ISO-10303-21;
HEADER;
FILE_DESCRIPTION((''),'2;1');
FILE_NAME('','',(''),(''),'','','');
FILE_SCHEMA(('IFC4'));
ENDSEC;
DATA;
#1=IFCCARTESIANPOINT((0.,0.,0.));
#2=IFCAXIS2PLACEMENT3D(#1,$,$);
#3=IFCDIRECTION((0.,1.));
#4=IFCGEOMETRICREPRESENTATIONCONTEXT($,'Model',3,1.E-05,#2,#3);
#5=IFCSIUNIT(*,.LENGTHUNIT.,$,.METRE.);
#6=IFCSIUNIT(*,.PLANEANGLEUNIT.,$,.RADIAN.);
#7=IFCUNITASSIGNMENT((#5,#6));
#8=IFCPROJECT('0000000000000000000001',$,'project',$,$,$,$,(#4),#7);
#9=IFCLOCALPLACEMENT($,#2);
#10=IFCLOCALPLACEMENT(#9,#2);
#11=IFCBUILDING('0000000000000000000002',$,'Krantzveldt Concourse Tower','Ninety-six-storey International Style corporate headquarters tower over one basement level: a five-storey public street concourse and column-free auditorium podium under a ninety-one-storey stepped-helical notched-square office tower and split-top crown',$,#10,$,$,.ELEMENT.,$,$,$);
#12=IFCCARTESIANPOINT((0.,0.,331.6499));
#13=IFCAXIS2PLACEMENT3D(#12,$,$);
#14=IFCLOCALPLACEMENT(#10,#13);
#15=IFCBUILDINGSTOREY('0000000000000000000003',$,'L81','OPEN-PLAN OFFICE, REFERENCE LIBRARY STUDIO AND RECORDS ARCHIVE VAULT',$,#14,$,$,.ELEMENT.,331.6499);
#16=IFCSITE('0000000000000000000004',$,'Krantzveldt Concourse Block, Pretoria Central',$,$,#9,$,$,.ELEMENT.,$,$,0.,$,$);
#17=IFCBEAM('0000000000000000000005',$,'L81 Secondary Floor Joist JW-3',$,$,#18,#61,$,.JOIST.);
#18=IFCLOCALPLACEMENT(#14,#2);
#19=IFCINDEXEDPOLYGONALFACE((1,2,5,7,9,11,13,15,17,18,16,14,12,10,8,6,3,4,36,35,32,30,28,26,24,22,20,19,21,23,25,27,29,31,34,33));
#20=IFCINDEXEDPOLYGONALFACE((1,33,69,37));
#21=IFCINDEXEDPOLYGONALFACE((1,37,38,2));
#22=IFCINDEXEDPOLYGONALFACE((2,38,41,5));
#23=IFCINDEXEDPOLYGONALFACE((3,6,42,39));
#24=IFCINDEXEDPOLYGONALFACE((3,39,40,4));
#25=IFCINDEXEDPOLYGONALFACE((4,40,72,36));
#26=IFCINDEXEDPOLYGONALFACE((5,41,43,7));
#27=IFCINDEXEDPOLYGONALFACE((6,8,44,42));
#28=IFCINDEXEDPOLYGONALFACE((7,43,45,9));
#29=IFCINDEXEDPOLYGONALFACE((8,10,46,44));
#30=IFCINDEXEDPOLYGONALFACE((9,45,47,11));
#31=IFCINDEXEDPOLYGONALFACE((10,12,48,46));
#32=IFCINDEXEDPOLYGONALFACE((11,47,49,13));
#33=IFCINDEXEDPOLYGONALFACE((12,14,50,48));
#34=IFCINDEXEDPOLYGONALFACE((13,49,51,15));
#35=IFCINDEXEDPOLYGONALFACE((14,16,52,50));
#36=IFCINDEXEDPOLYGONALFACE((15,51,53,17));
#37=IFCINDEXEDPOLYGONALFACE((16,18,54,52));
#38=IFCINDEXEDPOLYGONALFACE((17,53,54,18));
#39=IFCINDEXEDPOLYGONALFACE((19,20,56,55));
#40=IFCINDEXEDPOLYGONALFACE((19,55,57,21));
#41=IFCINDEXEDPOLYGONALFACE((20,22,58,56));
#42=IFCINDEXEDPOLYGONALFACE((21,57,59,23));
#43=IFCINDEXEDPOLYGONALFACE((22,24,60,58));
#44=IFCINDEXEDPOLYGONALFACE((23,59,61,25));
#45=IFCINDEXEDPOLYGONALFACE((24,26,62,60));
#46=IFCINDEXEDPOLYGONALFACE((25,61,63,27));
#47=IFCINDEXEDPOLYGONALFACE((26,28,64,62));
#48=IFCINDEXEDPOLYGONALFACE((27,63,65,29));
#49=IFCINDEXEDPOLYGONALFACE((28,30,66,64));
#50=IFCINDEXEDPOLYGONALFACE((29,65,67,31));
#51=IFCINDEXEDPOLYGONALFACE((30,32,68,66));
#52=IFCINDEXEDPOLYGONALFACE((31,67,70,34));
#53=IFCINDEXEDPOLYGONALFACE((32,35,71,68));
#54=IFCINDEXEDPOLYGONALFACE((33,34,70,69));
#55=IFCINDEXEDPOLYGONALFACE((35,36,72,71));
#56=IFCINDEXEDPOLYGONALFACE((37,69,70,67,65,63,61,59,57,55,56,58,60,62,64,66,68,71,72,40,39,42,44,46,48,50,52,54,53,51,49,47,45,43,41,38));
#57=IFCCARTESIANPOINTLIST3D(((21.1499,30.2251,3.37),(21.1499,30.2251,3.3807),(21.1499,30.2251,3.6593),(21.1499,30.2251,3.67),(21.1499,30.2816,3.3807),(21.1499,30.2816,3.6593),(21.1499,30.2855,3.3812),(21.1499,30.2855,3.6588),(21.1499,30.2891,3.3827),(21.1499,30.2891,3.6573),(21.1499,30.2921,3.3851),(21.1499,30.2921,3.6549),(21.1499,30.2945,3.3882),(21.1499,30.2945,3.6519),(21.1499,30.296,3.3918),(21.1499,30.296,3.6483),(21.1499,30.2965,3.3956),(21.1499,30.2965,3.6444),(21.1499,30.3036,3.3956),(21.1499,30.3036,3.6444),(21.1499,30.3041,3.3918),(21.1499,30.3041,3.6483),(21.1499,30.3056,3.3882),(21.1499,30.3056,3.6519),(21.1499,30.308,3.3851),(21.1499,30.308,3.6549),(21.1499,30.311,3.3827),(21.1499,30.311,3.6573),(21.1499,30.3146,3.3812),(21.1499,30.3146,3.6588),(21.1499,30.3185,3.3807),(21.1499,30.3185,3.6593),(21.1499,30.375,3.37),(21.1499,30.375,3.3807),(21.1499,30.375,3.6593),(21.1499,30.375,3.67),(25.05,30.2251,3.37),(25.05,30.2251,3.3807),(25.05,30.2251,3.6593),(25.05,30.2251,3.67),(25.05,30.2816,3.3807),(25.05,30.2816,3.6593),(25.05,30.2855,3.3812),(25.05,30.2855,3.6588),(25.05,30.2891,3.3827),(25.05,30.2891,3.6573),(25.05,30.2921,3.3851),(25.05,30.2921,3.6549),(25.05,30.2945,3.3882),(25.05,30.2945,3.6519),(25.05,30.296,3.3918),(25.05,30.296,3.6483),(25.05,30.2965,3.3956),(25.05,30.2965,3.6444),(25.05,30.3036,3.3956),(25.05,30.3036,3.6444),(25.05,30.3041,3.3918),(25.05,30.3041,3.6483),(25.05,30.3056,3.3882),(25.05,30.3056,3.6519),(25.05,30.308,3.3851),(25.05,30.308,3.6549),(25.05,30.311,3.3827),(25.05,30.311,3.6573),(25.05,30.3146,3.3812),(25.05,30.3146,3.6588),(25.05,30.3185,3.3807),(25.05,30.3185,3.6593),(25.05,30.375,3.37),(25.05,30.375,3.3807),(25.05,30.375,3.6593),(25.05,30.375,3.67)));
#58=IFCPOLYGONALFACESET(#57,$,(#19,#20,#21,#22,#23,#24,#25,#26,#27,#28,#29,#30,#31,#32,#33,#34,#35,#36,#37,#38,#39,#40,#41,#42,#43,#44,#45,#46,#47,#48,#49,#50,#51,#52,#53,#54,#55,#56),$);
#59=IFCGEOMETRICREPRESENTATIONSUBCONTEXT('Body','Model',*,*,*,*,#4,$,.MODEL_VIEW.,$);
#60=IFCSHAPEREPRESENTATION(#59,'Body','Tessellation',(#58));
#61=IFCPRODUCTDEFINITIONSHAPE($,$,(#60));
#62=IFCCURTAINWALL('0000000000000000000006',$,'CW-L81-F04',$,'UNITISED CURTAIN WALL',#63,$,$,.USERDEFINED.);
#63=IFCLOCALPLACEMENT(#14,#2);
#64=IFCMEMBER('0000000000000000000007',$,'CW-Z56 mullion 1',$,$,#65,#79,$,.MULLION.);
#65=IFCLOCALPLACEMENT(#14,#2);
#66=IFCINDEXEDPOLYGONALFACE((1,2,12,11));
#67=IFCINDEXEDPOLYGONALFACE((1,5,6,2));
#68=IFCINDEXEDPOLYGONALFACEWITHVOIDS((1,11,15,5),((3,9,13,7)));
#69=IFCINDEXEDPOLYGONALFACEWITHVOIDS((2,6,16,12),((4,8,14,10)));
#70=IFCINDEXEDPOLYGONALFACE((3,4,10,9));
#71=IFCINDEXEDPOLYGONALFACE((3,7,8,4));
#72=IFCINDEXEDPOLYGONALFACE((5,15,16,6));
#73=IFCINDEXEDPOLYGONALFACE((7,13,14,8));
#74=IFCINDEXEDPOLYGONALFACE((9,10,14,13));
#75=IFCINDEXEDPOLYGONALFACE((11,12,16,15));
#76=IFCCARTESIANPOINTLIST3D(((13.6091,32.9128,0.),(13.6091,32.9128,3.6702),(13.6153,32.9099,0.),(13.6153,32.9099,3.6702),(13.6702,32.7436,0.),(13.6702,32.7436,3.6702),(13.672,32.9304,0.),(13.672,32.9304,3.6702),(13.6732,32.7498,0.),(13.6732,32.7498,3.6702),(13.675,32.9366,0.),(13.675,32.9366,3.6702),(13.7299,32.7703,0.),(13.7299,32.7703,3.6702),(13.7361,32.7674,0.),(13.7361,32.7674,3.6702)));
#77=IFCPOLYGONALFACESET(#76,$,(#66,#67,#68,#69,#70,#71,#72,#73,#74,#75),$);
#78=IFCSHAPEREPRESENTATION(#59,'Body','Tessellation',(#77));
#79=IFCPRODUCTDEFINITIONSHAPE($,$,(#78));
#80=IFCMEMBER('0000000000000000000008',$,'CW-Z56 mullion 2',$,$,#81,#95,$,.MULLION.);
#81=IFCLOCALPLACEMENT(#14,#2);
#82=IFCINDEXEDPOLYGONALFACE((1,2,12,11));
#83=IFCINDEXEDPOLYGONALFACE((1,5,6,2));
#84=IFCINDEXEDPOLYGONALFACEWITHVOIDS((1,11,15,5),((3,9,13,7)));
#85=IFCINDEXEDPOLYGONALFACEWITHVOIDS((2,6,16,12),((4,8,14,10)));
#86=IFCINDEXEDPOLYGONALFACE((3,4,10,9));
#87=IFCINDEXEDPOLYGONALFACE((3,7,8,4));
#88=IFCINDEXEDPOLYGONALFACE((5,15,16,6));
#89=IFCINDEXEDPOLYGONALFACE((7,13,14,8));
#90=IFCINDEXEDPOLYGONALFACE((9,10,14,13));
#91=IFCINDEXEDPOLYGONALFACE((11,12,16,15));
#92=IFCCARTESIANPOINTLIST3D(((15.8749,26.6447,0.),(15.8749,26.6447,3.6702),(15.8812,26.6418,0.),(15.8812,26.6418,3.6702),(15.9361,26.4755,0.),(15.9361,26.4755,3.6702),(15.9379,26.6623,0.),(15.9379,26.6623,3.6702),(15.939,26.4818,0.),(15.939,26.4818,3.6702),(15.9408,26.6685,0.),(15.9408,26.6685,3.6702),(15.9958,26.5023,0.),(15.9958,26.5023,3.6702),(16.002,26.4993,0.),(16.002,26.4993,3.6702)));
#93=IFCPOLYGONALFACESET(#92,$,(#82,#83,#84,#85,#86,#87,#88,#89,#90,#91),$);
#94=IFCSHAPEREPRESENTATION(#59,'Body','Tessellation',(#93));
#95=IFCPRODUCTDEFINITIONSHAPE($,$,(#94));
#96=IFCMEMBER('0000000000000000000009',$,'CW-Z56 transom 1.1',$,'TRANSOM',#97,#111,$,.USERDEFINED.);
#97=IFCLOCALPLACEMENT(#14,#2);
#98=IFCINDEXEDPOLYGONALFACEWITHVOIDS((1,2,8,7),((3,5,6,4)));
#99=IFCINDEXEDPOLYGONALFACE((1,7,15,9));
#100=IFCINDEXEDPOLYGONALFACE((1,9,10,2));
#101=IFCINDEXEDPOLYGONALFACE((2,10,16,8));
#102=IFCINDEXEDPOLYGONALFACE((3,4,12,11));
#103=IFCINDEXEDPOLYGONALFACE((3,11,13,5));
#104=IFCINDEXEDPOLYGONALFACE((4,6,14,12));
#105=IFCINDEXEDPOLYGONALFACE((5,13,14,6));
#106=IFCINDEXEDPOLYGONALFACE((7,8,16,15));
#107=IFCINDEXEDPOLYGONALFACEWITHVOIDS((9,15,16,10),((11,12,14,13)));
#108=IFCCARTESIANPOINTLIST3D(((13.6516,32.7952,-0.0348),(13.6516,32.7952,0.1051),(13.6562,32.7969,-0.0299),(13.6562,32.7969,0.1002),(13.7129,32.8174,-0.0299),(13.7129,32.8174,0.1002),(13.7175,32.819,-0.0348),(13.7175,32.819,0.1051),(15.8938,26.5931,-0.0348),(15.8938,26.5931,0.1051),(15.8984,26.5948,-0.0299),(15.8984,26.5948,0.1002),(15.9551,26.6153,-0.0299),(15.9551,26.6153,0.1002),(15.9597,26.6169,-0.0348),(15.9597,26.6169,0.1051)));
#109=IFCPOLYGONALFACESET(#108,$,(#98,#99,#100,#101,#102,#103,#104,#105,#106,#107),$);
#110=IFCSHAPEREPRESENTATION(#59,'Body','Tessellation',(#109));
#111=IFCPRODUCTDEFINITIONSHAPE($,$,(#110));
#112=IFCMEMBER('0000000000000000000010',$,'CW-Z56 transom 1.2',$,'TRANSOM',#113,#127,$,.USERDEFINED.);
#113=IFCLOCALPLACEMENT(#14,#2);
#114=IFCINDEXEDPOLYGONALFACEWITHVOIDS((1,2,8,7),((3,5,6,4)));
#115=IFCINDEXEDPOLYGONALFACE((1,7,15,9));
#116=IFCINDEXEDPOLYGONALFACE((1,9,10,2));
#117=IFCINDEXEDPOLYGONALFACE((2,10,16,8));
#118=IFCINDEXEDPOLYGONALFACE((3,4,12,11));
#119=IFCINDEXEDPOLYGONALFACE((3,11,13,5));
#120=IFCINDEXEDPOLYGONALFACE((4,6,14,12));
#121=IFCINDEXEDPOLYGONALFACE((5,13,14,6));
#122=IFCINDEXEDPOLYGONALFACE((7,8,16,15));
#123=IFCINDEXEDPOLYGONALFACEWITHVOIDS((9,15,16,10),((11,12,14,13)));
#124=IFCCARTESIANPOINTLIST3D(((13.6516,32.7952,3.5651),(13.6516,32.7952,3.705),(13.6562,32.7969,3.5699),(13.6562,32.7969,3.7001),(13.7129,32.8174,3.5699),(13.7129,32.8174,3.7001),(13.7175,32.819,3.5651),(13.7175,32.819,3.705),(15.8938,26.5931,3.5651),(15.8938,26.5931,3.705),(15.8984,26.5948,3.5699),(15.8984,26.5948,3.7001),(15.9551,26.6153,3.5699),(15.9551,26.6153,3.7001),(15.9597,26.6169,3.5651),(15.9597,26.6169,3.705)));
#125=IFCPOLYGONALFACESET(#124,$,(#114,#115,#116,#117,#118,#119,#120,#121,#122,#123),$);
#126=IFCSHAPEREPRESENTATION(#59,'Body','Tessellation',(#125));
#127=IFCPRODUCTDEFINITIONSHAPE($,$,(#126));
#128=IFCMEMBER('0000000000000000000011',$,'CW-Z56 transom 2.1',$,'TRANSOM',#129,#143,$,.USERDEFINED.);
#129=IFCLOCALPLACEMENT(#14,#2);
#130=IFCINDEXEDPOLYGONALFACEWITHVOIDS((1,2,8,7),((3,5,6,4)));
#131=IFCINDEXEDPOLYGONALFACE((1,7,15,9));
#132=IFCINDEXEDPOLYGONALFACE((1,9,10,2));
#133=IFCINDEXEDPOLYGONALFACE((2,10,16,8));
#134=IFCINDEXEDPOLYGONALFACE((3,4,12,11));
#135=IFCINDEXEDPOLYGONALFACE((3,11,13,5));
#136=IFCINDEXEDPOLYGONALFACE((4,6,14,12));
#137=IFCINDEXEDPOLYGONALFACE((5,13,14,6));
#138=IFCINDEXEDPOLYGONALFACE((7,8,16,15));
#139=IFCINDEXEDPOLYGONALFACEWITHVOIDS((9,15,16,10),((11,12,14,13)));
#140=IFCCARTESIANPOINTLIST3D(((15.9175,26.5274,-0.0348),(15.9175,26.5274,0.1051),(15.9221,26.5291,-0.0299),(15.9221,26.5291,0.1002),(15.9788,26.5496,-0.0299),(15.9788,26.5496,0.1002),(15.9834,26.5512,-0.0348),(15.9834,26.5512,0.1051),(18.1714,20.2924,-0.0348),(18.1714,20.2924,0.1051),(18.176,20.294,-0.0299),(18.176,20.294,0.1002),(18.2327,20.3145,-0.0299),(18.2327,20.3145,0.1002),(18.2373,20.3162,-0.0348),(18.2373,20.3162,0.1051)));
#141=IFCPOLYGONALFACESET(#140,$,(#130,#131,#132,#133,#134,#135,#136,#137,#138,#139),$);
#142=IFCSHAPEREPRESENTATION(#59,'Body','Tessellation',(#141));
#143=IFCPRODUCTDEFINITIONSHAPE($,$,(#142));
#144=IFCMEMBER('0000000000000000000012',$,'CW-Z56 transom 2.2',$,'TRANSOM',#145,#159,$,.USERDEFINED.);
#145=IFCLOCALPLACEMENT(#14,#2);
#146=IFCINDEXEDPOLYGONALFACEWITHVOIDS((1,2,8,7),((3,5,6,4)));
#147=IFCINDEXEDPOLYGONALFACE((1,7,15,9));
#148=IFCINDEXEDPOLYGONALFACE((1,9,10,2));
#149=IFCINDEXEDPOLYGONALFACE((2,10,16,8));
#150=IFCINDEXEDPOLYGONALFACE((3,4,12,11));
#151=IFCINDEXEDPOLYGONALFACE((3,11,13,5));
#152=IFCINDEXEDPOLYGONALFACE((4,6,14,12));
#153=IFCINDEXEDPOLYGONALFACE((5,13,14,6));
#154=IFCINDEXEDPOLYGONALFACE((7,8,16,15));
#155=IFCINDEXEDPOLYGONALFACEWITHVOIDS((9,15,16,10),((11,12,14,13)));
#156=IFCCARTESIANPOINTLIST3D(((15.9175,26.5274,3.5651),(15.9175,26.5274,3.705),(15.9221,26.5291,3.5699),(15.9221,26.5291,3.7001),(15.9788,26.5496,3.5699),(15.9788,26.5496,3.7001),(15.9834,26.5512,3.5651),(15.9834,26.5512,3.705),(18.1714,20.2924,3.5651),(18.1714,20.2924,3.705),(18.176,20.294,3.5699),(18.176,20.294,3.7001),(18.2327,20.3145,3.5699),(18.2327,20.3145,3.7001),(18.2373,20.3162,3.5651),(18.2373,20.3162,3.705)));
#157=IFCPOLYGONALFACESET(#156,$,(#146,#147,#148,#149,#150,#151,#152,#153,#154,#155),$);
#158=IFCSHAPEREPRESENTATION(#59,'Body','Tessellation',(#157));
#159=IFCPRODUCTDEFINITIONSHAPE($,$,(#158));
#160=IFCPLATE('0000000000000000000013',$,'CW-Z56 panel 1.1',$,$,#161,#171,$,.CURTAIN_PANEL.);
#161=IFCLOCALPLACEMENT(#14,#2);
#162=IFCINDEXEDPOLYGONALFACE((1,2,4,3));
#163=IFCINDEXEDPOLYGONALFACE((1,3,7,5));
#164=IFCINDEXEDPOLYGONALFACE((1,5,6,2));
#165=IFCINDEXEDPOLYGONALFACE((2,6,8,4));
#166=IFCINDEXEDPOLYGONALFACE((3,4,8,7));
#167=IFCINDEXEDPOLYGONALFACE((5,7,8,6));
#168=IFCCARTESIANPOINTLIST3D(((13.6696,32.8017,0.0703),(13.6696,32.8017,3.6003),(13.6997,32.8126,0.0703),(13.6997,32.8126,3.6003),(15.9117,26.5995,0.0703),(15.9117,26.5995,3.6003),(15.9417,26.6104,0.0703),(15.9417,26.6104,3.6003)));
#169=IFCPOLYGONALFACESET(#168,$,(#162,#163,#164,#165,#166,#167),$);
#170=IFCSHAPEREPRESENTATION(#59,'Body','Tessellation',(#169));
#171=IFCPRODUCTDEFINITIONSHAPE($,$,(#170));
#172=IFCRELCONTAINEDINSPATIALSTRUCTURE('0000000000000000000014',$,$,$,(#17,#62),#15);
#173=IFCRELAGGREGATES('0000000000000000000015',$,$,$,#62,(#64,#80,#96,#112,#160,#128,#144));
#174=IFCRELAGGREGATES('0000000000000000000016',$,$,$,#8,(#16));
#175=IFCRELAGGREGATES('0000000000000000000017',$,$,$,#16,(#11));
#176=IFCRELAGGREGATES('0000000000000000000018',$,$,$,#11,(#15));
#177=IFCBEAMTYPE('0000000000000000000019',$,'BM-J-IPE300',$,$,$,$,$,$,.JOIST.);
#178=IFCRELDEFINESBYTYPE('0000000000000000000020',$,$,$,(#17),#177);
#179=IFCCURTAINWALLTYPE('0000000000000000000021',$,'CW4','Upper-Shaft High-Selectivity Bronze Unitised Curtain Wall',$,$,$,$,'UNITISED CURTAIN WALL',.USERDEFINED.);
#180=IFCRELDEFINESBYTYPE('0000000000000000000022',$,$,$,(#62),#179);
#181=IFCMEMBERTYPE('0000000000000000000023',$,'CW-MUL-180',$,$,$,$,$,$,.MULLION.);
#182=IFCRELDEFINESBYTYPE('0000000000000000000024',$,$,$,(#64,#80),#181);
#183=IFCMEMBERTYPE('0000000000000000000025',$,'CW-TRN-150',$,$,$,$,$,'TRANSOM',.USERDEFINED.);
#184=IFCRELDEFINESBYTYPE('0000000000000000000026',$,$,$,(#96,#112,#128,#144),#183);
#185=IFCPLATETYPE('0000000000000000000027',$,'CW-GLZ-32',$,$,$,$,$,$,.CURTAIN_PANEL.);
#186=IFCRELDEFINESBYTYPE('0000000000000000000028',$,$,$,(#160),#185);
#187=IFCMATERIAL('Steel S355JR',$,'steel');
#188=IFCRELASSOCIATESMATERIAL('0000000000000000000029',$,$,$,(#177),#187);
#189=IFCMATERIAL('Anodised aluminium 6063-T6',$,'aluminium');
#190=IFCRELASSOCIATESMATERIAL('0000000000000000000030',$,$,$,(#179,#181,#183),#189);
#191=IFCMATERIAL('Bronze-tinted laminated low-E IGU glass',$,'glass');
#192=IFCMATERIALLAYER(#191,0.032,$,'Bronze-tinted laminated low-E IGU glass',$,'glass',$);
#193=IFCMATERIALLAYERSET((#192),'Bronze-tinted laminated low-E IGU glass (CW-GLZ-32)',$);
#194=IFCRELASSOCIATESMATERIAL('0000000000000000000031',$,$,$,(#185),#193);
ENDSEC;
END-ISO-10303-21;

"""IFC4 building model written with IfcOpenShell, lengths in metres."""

from ifc_helpers import new_model, si_unit, direction, frame, origin, origin_2d, place, context, subcontext, project, spatial, rectangle, hollow_rectangle, i_section, extrude, source, transform, mapped, material, layer, layer_set, material_profile, profile_set, type_object, type_shapes, element, aggregate, save


model = new_model("IFC4")

# Units and contexts
model_context = context("Model", 3, precision=1e-05, world=origin(), true_north=direction((0.0, 1.0)))
body_context = subcontext(model_context, "Body", "Model", "MODEL_VIEW")
ifc_project = project(units=[si_unit("LENGTHUNIT", "METRE"), si_unit("PLANEANGLEUNIT", "RADIAN")], contexts=[model_context])

# Site, building, storey
site_placement = place(None, origin())
site = spatial("IfcSite", under=ifc_project, at=site_placement, Name="Krantzveldt Concourse Block, Pretoria Central", CompositionType="ELEMENT", RefElevation=0.0)
building_placement = place(site_placement, origin())
building = spatial("IfcBuilding", under=site, at=building_placement, Name="Krantzveldt Concourse Tower", Description="Ninety-six-storey International Style corporate headquarters tower over one basement level: a five-storey public street concourse and column-free auditorium podium under a ninety-one-storey stepped-helical notched-square office tower and split-top crown", CompositionType="ELEMENT")
storey_placement = place(building_placement, frame((0.0, 0.0, 331.6499)))
storey = spatial("IfcBuildingStorey", under=building, at=storey_placement, Name="L81", Description="OPEN-PLAN OFFICE, REFERENCE LIBRARY STUDIO AND RECORDS ARCHIVE VAULT", CompositionType="ELEMENT", Elevation=331.6499)

# Beam
ifc_material_1 = material(Name="Steel S355JR", Category="steel")
ifc_material_profile_1 = material_profile(ifc_material_1, i_section(OverallWidth=0.1499, OverallDepth=0.3, WebThickness=0.0071, FlangeThickness=0.0107, FilletRadius=0.0149, at=origin_2d()), Name="Steel S355JR", Category="steel")
ifc_profile_set_1 = profile_set([ifc_material_profile_1], Name="Steel S355JR - IPE 300")
beam_type_1 = type_object("IfcBeamType", Name="BM-J-IPE300", PredefinedType="JOIST", material=ifc_profile_set_1)
shared_shape_1 = source(origin(), body_context, "Body", "SweptSolid", [
    extrude(i_section(OverallWidth=0.1499, OverallDepth=0.3, WebThickness=0.0071, FlangeThickness=0.0107, FilletRadius=0.0149, at=origin_2d()), origin(), (0.0, 0.0, 1.0), 3.9001),
])
for number, where, z_axis, x_axis, name in (
    (1, (21.1499, 30.3, 3.52), (1.0, 0.0, 0.0), (0.0, 1.0, 0.0), "L81 Secondary Floor Joist JW-3"),
):
    element("IfcBeam", number, at=place(storey_placement, frame(where, z_axis=z_axis, x_axis=x_axis)), inside=storey, type_object=beam_type_1, Name=name, PredefinedType="JOIST", context=body_context, shape_type="MappedRepresentation", body=[
        mapped(shared_shape_1, transform((0.0, 0.0, 0.0), x_axis=(1.0, 0.0, 0.0), y_axis=(0.0, 1.0, 0.0), z_axis=(0.0, 0.0, 1.0), scale=1.0)),
    ])

# Curtain wall, members, plate
ifc_material_2 = material(Name="Anodised aluminium 6063-T6", Category="aluminium")
curtain_wall_type = type_object("IfcCurtainWallType", Name="CW4", Description="Upper-Shaft High-Selectivity Bronze Unitised Curtain Wall", ElementType="UNITISED CURTAIN WALL", PredefinedType="USERDEFINED", material=ifc_material_2)
curtain_wall_placement = place(storey_placement, origin())
curtain_wall = element("IfcCurtainWall", 2, at=curtain_wall_placement, inside=storey, type_object=curtain_wall_type, Name="CW-L81-F04", ObjectType="UNITISED CURTAIN WALL", PredefinedType="USERDEFINED")
ifc_material_profile_2 = material_profile(ifc_material_2, hollow_rectangle(XDim=0.0701, YDim=0.1799, WallThickness=0.0049, at=origin_2d()), Name="Anodised aluminium 6063-T6", Category="aluminium")
ifc_profile_set_2 = profile_set([ifc_material_profile_2], Name="Anodised aluminium 6063-T6 - ALU-MULL 180x70x5")
member_type_1 = type_object("IfcMemberType", Name="CW-MUL-180", PredefinedType="MULLION", material=ifc_profile_set_2)
shared_shape_2 = source(origin(), body_context, "Body", "SweptSolid", [
    extrude(hollow_rectangle(XDim=0.0701, YDim=0.1799, WallThickness=0.0049, at=origin_2d()), origin(), (0.0, 0.0, 1.0), 3.6702),
])
type_shapes(member_type_1, [shared_shape_2])
member_1_placement = place(storey_placement, frame((13.6726, 32.8401, 0.0), z_axis=(0.0, 0.0, 1.0), x_axis=(0.940437, 0.339969, 0.0)))
member_1 = element("IfcMember", 3, at=member_1_placement, type_object=member_type_1, Name="CW-Z56 mullion 1", PredefinedType="MULLION", context=body_context, shape_type="MappedRepresentation", body=[
    mapped(shared_shape_2, transform((0.0, 0.0, 0.0), x_axis=(1.0, 0.0, 0.0), y_axis=(0.0, 1.0, 0.0), z_axis=(0.0, 0.0, 1.0), scale=1.0)),
])
member_2_placement = place(storey_placement, frame((15.9385, 26.572, 0.0), z_axis=(0.0, 0.0, 1.0), x_axis=(0.940437, 0.339969, 0.0)))
member_2 = element("IfcMember", 4, at=member_2_placement, type_object=member_type_1, Name="CW-Z56 mullion 2", PredefinedType="MULLION", context=body_context, shape_type="MappedRepresentation", body=[
    mapped(shared_shape_2, transform((0.0, 0.0, 0.0), x_axis=(1.0, 0.0, 0.0), y_axis=(0.0, 1.0, 0.0), z_axis=(0.0, 0.0, 1.0), scale=1.0)),
])
ifc_material_profile_3 = material_profile(ifc_material_2, hollow_rectangle(XDim=0.0701, YDim=0.1399, WallThickness=0.0049, at=origin_2d()), Name="Anodised aluminium 6063-T6", Category="aluminium")
ifc_profile_set_3 = profile_set([ifc_material_profile_3], Name="Anodised aluminium 6063-T6 - ALU-TRAN 140x70x5")
member_type_2 = type_object("IfcMemberType", Name="CW-TRN-150", ElementType="TRANSOM", PredefinedType="USERDEFINED", material=ifc_profile_set_3)
shared_shape_3 = source(origin(), body_context, "Body", "SweptSolid", [
    extrude(hollow_rectangle(XDim=0.0701, YDim=0.1399, WallThickness=0.0049, at=origin_2d()), origin(), (0.0, 0.0, 1.0), 6.595),
])
member_3_placement = place(storey_placement, frame((13.6846, 32.8071, 0.0352), z_axis=(0.339983, -0.940432, 0.0), x_axis=(0.940432, 0.339983, 0.0)))
member_3 = element("IfcMember", 5, at=member_3_placement, type_object=member_type_2, Name="CW-Z56 transom 1.1", ObjectType="TRANSOM", PredefinedType="USERDEFINED", context=body_context, shape_type="MappedRepresentation", body=[
    mapped(shared_shape_3, transform((0.0, 0.0, 0.0), x_axis=(1.0, 0.0, 0.0), y_axis=(0.0, 1.0, 0.0), z_axis=(0.0, 0.0, 1.0), scale=1.0)),
])
member_4_placement = place(storey_placement, frame((13.6846, 32.8071, 3.635), z_axis=(0.339983, -0.940432, 0.0), x_axis=(0.940432, 0.339983, 0.0)))
member_4 = element("IfcMember", 6, at=member_4_placement, type_object=member_type_2, Name="CW-Z56 transom 1.2", ObjectType="TRANSOM", PredefinedType="USERDEFINED", context=body_context, shape_type="MappedRepresentation", body=[
    mapped(shared_shape_3, transform((0.0, 0.0, 0.0), x_axis=(1.0, 0.0, 0.0), y_axis=(0.0, 1.0, 0.0), z_axis=(0.0, 0.0, 1.0), scale=1.0)),
])
shared_shape_4 = source(origin(), body_context, "Body", "SweptSolid", [
    extrude(hollow_rectangle(XDim=0.0701, YDim=0.1399, WallThickness=0.0049, at=origin_2d()), origin(), (0.0, 0.0, 1.0), 6.6299),
])
type_shapes(member_type_2, [shared_shape_3, shared_shape_4])
member_5_placement = place(storey_placement, frame((15.9504, 26.5393, 0.0352), z_axis=(0.339957, -0.940441, 0.0), x_axis=(0.940441, 0.339957, 0.0)))
member_5 = element("IfcMember", 7, at=member_5_placement, type_object=member_type_2, Name="CW-Z56 transom 2.1", ObjectType="TRANSOM", PredefinedType="USERDEFINED", context=body_context, shape_type="MappedRepresentation", body=[
    mapped(shared_shape_4, transform((0.0, 0.0, 0.0), x_axis=(1.0, 0.0, 0.0), y_axis=(0.0, 1.0, 0.0), z_axis=(0.0, 0.0, 1.0), scale=1.0)),
])
member_6_placement = place(storey_placement, frame((15.9504, 26.5393, 3.635), z_axis=(0.339957, -0.940441, 0.0), x_axis=(0.940441, 0.339957, 0.0)))
member_6 = element("IfcMember", 8, at=member_6_placement, type_object=member_type_2, Name="CW-Z56 transom 2.2", ObjectType="TRANSOM", PredefinedType="USERDEFINED", context=body_context, shape_type="MappedRepresentation", body=[
    mapped(shared_shape_4, transform((0.0, 0.0, 0.0), x_axis=(1.0, 0.0, 0.0), y_axis=(0.0, 1.0, 0.0), z_axis=(0.0, 0.0, 1.0), scale=1.0)),
])
ifc_material_3 = material(Name="Bronze-tinted laminated low-E IGU glass", Category="glass")
ifc_layer_1 = layer(ifc_material_3, 0.032, Name="Bronze-tinted laminated low-E IGU glass", Category="glass")
ifc_layer_set_1 = layer_set([ifc_layer_1], Name="Bronze-tinted laminated low-E IGU glass (CW-GLZ-32)")
plate_type = type_object("IfcPlateType", Name="CW-GLZ-32", PredefinedType="CURTAIN_PANEL", material=ifc_layer_set_1)
shared_shape_5 = source(origin(), body_context, "Body", "SweptSolid", [
    extrude(rectangle(XDim=6.595, YDim=0.032, at=origin_2d()), origin(), (0.0, 0.0, 1.0), 3.53),
])
plate_1_placement = place(storey_placement, frame((14.8057, 29.7061, 0.0703), z_axis=(0.0, 0.0, 1.0), x_axis=(0.339969, -0.940437, 0.0)))
plate_1 = element("IfcPlate", 9, at=plate_1_placement, type_object=plate_type, Name="CW-Z56 panel 1.1", PredefinedType="CURTAIN_PANEL", context=body_context, shape_type="MappedRepresentation", body=[
    mapped(shared_shape_5, transform((0.0, 0.0, 0.0), x_axis=(1.0, 0.0, 0.0), y_axis=(0.0, 1.0, 0.0), z_axis=(0.0, 0.0, 1.0), scale=1.0)),
])
aggregate(curtain_wall, [member_1, member_2, member_3, member_4, plate_1, member_5, member_6])

save(model, "model.ifc")
